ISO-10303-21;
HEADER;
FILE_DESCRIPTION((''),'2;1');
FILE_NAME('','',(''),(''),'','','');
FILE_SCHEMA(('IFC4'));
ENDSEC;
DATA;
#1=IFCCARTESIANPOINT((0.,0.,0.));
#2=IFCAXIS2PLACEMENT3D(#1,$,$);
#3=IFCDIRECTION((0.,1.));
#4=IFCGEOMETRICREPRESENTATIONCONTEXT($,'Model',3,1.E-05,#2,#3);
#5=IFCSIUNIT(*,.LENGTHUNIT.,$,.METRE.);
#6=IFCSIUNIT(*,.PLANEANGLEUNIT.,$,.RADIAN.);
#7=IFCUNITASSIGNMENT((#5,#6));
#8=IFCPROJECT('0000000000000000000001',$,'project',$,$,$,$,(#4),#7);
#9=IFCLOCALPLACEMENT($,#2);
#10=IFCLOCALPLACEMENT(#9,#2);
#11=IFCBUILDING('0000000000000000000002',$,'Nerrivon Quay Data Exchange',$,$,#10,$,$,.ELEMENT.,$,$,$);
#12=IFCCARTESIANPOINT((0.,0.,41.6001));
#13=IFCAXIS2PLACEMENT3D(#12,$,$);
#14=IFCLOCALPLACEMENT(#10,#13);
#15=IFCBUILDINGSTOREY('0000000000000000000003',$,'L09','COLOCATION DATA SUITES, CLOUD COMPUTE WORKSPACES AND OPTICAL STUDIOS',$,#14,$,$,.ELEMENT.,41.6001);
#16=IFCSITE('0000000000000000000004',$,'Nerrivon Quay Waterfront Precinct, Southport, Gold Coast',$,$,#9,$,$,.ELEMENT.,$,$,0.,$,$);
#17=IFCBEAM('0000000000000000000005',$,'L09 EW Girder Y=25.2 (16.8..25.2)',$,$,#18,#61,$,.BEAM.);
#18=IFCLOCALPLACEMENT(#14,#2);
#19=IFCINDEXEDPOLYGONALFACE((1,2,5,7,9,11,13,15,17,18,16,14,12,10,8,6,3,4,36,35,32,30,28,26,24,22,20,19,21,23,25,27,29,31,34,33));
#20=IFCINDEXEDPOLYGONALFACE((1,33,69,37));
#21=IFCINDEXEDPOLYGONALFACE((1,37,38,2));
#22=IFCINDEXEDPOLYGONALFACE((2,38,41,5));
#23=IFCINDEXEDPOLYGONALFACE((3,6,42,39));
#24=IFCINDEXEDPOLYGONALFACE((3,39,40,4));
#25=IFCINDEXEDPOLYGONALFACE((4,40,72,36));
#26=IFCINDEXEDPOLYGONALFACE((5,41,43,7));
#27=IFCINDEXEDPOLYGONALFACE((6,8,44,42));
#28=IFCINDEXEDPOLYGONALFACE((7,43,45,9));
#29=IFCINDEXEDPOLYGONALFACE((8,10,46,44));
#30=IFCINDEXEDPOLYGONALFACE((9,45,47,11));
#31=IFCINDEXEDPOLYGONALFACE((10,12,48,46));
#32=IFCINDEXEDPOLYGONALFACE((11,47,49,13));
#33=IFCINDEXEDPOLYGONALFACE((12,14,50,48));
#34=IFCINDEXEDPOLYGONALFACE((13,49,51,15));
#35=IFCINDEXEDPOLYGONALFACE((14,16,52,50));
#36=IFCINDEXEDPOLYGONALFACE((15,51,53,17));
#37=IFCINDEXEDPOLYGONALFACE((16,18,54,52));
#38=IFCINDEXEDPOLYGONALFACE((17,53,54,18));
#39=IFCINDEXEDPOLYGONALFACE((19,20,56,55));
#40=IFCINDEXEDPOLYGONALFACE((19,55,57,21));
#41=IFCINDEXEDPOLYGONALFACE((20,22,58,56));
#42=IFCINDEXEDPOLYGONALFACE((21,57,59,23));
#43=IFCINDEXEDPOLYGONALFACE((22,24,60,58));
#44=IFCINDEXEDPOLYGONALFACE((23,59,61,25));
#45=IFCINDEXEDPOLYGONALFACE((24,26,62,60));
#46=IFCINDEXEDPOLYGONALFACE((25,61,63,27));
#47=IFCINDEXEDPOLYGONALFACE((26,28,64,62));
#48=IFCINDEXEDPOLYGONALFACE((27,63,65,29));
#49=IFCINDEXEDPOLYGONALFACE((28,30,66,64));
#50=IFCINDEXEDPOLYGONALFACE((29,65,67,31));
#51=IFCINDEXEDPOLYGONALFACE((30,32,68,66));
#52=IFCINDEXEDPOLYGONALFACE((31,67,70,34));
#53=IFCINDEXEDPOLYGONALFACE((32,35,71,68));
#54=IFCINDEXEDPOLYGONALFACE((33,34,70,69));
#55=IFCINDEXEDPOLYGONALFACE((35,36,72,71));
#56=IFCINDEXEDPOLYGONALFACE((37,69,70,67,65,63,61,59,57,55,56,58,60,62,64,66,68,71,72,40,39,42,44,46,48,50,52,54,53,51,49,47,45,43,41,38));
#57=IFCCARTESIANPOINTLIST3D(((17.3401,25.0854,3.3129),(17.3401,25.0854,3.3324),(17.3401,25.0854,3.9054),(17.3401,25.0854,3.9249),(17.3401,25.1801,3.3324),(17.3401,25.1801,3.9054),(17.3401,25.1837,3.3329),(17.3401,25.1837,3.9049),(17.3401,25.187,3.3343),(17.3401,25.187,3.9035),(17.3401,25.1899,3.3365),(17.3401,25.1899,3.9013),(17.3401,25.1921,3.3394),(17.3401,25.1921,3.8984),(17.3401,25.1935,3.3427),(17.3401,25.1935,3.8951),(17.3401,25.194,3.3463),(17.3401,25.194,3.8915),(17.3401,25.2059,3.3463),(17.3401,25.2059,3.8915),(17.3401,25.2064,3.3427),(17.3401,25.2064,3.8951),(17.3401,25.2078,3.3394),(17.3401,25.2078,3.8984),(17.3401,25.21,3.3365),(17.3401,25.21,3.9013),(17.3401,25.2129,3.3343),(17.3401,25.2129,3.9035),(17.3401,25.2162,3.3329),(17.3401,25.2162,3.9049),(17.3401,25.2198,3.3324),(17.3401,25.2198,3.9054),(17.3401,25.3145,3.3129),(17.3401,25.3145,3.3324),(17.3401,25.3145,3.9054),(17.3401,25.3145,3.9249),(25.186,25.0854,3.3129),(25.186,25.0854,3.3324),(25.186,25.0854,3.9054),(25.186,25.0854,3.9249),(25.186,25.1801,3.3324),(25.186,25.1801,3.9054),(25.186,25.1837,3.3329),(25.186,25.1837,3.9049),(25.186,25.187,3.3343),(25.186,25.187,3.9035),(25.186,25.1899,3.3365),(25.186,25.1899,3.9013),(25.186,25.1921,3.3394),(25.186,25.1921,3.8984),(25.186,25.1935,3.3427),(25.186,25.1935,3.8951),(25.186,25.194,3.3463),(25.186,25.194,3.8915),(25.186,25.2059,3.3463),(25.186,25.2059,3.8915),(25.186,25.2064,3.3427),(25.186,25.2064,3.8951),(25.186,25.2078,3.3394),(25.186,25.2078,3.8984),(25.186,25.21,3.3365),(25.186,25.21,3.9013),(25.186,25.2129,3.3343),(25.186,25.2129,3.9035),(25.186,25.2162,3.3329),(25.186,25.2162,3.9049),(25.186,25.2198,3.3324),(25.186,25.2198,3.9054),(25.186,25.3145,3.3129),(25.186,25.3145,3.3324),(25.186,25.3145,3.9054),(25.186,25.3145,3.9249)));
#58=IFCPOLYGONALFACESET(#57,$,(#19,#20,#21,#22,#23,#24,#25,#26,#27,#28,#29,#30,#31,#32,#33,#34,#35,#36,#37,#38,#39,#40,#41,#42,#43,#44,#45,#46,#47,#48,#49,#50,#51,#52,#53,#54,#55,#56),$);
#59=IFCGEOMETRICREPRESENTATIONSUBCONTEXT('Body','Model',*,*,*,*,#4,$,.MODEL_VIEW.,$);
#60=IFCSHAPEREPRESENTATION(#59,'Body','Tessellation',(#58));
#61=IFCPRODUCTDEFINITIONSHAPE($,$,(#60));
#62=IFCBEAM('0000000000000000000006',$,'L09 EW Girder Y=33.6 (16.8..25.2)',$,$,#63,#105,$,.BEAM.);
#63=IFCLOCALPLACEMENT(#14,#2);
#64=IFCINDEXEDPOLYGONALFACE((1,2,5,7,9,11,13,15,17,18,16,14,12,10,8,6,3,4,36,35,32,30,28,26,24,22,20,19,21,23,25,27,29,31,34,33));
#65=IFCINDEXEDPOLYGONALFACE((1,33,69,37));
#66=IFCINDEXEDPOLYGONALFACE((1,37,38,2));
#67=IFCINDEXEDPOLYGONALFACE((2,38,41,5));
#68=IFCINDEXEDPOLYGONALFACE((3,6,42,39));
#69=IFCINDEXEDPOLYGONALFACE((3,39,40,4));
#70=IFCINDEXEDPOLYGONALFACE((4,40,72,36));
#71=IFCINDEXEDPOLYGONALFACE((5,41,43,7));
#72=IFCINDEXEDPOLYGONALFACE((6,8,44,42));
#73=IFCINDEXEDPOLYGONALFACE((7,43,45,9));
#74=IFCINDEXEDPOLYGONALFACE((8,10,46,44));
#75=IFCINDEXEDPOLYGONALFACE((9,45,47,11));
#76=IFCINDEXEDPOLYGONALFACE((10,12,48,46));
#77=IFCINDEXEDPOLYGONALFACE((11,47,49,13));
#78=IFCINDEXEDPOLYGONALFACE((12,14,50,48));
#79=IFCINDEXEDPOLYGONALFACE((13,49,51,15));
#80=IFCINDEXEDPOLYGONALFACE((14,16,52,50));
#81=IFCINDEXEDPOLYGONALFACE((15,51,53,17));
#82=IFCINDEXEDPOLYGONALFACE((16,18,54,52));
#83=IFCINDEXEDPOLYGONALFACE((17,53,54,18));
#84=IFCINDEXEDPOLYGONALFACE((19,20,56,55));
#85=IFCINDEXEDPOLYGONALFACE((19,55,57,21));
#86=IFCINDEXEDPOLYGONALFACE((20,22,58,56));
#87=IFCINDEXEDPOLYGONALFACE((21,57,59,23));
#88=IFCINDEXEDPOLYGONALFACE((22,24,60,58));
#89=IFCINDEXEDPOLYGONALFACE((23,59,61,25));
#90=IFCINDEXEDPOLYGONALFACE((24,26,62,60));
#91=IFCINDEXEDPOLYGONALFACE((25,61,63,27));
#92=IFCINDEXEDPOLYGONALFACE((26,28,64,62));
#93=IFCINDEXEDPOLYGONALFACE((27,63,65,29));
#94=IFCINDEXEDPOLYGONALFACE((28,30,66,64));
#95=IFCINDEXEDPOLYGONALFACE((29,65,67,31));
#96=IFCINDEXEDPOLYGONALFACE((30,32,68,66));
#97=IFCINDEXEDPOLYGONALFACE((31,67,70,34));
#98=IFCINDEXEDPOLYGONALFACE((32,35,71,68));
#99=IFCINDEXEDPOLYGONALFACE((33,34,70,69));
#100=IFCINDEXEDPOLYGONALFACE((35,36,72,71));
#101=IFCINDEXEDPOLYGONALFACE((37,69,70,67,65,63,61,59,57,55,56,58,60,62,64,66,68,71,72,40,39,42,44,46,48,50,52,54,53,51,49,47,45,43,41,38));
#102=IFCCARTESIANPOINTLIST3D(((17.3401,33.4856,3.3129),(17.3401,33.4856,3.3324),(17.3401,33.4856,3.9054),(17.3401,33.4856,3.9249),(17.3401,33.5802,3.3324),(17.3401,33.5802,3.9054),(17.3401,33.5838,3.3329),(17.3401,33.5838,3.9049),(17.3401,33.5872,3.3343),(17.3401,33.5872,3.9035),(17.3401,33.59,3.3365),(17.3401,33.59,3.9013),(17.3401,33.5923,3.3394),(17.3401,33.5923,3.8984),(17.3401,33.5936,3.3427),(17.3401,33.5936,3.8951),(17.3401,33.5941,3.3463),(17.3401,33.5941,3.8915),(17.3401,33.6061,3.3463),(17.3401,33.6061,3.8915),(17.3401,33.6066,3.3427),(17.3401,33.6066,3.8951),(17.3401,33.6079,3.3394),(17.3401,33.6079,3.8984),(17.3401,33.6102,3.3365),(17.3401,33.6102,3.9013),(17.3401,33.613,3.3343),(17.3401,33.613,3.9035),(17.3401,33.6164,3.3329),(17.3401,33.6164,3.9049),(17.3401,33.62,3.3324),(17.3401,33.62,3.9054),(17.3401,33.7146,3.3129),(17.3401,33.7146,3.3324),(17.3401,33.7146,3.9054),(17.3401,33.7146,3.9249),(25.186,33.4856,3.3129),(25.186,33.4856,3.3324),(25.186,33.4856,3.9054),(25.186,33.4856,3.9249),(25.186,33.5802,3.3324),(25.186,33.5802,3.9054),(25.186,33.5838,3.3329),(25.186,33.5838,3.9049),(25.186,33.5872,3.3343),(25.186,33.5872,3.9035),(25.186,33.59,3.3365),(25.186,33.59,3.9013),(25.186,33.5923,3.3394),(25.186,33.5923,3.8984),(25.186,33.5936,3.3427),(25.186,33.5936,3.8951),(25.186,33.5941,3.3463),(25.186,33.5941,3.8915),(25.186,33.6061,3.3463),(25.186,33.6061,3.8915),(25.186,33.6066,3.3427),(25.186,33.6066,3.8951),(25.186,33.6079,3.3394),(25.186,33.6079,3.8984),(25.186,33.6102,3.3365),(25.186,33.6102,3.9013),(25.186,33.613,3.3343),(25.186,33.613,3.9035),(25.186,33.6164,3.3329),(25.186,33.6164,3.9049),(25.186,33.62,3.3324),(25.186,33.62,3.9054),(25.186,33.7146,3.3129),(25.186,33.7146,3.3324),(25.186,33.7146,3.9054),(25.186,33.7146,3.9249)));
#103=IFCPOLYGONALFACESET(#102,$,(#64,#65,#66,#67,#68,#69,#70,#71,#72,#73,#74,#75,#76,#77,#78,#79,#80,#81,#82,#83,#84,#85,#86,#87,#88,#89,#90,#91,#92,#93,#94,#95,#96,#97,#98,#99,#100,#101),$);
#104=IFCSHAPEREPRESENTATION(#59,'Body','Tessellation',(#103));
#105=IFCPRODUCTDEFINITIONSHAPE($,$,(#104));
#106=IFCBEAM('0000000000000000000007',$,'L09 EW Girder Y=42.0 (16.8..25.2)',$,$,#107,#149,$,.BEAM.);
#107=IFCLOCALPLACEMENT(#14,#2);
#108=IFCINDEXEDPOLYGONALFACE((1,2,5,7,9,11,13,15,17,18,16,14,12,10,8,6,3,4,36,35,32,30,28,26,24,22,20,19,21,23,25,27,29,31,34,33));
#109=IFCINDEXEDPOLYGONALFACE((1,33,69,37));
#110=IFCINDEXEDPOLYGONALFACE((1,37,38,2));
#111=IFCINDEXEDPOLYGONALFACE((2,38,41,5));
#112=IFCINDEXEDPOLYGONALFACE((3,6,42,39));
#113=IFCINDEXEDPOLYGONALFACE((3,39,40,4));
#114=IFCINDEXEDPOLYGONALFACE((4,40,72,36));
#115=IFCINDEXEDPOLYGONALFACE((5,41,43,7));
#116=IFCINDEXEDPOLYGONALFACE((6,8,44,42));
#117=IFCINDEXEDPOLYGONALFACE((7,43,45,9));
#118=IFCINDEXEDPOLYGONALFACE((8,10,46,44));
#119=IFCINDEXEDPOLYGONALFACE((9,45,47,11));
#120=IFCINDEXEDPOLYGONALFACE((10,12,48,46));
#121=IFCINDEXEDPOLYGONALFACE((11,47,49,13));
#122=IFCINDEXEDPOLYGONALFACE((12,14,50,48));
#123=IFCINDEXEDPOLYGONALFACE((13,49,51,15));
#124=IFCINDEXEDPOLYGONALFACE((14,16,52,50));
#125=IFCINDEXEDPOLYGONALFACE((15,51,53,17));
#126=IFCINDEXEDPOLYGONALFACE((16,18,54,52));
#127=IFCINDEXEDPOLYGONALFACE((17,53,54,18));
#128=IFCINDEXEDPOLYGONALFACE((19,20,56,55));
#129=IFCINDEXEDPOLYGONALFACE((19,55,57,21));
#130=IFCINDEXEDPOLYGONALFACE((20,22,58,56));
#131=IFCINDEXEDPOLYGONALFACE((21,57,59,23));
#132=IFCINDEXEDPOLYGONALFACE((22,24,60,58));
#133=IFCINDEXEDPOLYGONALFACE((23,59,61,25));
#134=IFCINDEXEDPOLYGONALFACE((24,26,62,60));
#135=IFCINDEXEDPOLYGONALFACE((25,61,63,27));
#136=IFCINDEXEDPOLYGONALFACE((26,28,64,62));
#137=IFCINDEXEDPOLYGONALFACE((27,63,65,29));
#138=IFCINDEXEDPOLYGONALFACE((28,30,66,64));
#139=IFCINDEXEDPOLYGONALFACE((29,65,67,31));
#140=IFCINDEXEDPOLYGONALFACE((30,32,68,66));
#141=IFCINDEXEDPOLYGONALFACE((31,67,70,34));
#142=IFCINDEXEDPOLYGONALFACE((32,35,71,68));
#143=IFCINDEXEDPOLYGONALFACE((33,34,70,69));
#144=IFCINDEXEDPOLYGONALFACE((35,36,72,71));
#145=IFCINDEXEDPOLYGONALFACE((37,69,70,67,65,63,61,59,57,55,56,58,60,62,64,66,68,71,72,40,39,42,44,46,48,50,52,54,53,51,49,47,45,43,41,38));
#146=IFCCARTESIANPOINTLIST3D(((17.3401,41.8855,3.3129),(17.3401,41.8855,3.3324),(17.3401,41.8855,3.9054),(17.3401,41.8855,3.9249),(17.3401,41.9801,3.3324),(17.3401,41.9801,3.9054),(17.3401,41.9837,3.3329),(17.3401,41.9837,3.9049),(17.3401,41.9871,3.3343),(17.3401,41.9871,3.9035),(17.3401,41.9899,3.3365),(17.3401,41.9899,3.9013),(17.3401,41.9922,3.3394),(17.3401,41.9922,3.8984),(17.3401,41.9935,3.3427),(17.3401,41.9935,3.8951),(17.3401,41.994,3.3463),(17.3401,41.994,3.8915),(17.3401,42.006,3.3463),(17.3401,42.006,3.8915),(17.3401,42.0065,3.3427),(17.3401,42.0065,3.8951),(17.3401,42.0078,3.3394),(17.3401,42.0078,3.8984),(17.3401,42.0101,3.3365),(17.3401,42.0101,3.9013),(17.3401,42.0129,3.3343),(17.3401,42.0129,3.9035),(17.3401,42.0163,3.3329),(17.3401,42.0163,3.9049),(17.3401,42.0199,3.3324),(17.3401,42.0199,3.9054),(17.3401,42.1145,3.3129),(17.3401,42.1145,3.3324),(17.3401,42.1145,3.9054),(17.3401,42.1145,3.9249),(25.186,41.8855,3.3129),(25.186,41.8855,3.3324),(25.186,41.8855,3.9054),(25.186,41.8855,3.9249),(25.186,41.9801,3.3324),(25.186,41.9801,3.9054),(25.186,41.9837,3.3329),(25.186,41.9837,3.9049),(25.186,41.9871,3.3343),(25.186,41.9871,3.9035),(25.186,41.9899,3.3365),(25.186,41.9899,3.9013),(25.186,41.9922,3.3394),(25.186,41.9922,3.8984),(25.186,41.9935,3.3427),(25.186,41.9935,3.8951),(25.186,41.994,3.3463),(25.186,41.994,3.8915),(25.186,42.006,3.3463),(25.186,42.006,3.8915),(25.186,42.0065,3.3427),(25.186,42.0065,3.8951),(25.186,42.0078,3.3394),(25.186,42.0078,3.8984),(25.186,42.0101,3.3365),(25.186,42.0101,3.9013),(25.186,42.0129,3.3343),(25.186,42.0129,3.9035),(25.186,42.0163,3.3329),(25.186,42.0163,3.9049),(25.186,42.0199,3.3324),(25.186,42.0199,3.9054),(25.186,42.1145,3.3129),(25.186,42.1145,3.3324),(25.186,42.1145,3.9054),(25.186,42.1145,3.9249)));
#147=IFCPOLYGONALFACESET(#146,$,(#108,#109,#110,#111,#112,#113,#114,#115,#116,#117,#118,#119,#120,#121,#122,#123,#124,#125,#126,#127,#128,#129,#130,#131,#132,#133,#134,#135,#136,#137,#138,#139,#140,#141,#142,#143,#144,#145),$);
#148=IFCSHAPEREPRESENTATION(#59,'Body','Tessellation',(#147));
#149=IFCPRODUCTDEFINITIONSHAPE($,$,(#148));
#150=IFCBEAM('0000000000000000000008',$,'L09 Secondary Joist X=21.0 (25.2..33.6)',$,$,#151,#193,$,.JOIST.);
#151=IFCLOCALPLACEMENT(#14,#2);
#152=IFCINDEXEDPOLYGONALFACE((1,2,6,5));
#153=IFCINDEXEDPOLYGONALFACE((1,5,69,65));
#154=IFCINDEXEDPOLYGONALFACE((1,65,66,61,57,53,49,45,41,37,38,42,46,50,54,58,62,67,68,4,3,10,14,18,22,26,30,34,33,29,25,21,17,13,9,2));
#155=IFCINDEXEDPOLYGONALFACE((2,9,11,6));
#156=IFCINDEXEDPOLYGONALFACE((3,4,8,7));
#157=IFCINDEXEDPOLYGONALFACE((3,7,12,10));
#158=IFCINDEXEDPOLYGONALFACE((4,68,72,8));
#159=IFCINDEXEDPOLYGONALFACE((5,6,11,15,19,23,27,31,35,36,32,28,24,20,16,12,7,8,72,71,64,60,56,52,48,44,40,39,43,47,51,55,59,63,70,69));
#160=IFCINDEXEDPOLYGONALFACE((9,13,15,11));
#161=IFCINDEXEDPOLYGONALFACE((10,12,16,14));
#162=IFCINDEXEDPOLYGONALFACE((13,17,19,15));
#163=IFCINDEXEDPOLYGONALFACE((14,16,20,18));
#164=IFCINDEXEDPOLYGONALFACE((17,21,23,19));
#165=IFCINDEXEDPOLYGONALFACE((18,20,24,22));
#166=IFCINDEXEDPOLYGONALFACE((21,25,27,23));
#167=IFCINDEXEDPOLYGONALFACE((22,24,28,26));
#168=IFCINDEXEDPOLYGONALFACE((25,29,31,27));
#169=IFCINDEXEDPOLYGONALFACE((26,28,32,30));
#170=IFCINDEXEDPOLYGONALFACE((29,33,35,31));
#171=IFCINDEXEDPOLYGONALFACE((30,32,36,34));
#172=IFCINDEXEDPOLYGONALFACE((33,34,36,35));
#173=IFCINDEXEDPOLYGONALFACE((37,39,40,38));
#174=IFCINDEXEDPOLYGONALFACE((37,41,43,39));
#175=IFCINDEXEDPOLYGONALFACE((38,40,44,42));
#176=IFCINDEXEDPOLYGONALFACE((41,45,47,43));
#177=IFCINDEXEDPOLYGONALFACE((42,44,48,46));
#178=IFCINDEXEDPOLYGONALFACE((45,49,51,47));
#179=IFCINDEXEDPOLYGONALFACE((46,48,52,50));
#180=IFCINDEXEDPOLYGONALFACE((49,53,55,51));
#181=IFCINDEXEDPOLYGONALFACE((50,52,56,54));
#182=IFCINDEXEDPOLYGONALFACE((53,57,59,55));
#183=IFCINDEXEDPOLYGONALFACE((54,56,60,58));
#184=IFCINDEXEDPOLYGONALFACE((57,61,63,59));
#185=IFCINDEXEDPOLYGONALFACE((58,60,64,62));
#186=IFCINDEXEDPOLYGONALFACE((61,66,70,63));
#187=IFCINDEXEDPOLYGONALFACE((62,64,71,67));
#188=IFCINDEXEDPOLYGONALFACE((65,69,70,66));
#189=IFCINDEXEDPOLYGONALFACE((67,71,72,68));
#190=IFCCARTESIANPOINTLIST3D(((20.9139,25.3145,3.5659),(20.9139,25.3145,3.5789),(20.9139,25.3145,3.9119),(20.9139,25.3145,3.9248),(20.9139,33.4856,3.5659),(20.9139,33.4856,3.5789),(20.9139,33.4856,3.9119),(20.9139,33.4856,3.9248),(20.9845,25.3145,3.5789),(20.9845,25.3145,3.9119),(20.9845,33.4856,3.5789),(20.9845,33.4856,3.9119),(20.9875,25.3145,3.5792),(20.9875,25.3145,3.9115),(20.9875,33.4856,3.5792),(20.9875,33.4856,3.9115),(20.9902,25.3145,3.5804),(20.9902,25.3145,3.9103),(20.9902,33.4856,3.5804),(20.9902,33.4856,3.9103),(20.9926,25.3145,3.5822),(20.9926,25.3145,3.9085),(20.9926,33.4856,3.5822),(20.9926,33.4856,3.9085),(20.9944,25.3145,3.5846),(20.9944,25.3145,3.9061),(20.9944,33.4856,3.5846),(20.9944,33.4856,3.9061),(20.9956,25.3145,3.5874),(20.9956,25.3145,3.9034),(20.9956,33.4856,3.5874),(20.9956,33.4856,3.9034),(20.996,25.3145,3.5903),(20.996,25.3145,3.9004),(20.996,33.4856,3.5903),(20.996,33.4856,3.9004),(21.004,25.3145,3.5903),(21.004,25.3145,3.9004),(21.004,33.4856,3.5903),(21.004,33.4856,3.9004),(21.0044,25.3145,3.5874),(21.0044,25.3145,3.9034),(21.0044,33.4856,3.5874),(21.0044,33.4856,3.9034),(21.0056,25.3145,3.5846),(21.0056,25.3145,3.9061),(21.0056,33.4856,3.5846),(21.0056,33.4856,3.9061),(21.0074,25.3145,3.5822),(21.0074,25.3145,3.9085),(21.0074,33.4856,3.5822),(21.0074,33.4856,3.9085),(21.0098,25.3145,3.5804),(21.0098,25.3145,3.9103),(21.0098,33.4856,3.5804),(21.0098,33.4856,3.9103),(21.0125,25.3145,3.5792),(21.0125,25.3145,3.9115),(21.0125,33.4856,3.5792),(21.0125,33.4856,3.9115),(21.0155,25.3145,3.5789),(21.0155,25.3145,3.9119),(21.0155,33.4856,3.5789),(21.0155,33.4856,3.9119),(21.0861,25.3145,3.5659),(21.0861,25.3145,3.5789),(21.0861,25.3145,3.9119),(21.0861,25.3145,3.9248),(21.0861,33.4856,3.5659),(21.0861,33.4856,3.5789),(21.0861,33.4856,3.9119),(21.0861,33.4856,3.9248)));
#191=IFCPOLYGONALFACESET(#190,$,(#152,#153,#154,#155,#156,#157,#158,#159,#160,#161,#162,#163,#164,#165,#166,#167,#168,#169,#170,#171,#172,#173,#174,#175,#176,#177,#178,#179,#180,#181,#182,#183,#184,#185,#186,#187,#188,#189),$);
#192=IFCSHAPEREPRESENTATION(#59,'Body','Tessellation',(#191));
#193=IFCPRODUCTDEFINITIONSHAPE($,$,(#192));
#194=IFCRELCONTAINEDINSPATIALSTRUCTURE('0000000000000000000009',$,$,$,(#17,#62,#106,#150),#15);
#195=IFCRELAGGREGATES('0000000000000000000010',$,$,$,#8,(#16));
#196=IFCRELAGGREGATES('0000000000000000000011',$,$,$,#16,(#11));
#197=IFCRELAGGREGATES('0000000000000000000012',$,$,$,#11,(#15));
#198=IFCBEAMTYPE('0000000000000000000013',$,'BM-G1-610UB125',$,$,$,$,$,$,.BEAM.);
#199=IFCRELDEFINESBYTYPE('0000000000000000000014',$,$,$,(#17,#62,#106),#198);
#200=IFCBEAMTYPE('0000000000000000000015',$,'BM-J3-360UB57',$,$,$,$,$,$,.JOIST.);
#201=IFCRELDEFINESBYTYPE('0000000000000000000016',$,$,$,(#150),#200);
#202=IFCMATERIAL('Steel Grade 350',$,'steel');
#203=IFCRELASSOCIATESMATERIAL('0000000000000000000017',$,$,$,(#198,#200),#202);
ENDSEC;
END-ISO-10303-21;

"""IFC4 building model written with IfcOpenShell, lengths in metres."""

from ifc_helpers import new_model, si_unit, direction, frame, origin, origin_2d, place, context, subcontext, project, spatial, i_section, extrude, material, material_profile, profile_set, type_object, element, save


model = new_model("IFC4")

# Units and contexts
model_context = context("Model", 3, precision=1e-05, world=origin(), true_north=direction((0.0, 1.0)))
body_context = subcontext(model_context, "Body", "Model", "MODEL_VIEW")
ifc_project = project(units=[si_unit("LENGTHUNIT", "METRE"), si_unit("PLANEANGLEUNIT", "RADIAN")], contexts=[model_context])

# Site, building, storey
site_placement = place(None, origin())
site = spatial("IfcSite", under=ifc_project, at=site_placement, Name="Nerrivon Quay Waterfront Precinct, Southport, Gold Coast", CompositionType="ELEMENT", RefElevation=0.0)
building_placement = place(site_placement, origin())
building = spatial("IfcBuilding", under=site, at=building_placement, Name="Nerrivon Quay Data Exchange", CompositionType="ELEMENT")
storey_placement = place(building_placement, frame((0.0, 0.0, 41.6001)))
storey = spatial("IfcBuildingStorey", under=building, at=storey_placement, Name="L09", Description="COLOCATION DATA SUITES, CLOUD COMPUTE WORKSPACES AND OPTICAL STUDIOS", CompositionType="ELEMENT", Elevation=41.6001)

# Beams
ifc_material_1 = material(Name="Steel Grade 350", Category="steel")
ifc_material_profile_1 = material_profile(ifc_material_1, i_section(OverallWidth=0.229, OverallDepth=0.6121, WebThickness=0.012, FlangeThickness=0.0195, FilletRadius=0.0139, at=origin_2d()), Name="610UB125")
ifc_profile_set_1 = profile_set([ifc_material_profile_1], Name="Steel Grade 350")
beam_type_1 = type_object("IfcBeamType", Name="BM-G1-610UB125", PredefinedType="BEAM", material=ifc_profile_set_1)
for number, where, z_axis, x_axis, name in (
    (1, (17.3401, 25.2, 3.6189), (1.0, 0.0, 0.0), (0.0, 1.0, 0.0), "L09 EW Girder Y=25.2 (16.8..25.2)"),
    (2, (17.3401, 33.6001, 3.6189), (1.0, 0.0, 0.0), (0.0, 1.0, 0.0), "L09 EW Girder Y=33.6 (16.8..25.2)"),
    (3, (17.3401, 42.0, 3.6189), (1.0, 0.0, 0.0), (0.0, 1.0, 0.0), "L09 EW Girder Y=42.0 (16.8..25.2)"),
):
    element("IfcBeam", number, at=place(storey_placement, frame(where, z_axis=z_axis, x_axis=x_axis)), inside=storey, type_object=beam_type_1, Name=name, PredefinedType="BEAM", context=body_context, shape_type="SweptSolid", body=[
        extrude(i_section(OverallWidth=0.229, OverallDepth=0.6121, WebThickness=0.012, FlangeThickness=0.0195, FilletRadius=0.0139, at=origin_2d()), origin(), (0.0, 0.0, 1.0), 7.8459),
    ])
ifc_material_profile_2 = material_profile(ifc_material_1, i_section(OverallWidth=0.1721, OverallDepth=0.3589, WebThickness=0.0081, FlangeThickness=0.0129, FilletRadius=0.0115, at=origin_2d()), Name="360UB56.7")
ifc_profile_set_2 = profile_set([ifc_material_profile_2], Name="Steel Grade 350")
beam_type_2 = type_object("IfcBeamType", Name="BM-J3-360UB57", PredefinedType="JOIST", material=ifc_profile_set_2)
beam_1_placement = place(storey_placement, frame((21.0, 25.3145, 3.7454), z_axis=(0.0, 1.0, 0.0), x_axis=(-1.0, 0.0, 0.0)))
element("IfcBeam", 4, at=beam_1_placement, inside=storey, type_object=beam_type_2, Name="L09 Secondary Joist X=21.0 (25.2..33.6)", PredefinedType="JOIST", context=body_context, shape_type="SweptSolid", body=[
    extrude(i_section(OverallWidth=0.1721, OverallDepth=0.3589, WebThickness=0.0081, FlangeThickness=0.0129, FilletRadius=0.0115, at=origin_2d()), origin(), (0.0, 0.0, 1.0), 8.1711),
])

save(model, "model.ifc")
